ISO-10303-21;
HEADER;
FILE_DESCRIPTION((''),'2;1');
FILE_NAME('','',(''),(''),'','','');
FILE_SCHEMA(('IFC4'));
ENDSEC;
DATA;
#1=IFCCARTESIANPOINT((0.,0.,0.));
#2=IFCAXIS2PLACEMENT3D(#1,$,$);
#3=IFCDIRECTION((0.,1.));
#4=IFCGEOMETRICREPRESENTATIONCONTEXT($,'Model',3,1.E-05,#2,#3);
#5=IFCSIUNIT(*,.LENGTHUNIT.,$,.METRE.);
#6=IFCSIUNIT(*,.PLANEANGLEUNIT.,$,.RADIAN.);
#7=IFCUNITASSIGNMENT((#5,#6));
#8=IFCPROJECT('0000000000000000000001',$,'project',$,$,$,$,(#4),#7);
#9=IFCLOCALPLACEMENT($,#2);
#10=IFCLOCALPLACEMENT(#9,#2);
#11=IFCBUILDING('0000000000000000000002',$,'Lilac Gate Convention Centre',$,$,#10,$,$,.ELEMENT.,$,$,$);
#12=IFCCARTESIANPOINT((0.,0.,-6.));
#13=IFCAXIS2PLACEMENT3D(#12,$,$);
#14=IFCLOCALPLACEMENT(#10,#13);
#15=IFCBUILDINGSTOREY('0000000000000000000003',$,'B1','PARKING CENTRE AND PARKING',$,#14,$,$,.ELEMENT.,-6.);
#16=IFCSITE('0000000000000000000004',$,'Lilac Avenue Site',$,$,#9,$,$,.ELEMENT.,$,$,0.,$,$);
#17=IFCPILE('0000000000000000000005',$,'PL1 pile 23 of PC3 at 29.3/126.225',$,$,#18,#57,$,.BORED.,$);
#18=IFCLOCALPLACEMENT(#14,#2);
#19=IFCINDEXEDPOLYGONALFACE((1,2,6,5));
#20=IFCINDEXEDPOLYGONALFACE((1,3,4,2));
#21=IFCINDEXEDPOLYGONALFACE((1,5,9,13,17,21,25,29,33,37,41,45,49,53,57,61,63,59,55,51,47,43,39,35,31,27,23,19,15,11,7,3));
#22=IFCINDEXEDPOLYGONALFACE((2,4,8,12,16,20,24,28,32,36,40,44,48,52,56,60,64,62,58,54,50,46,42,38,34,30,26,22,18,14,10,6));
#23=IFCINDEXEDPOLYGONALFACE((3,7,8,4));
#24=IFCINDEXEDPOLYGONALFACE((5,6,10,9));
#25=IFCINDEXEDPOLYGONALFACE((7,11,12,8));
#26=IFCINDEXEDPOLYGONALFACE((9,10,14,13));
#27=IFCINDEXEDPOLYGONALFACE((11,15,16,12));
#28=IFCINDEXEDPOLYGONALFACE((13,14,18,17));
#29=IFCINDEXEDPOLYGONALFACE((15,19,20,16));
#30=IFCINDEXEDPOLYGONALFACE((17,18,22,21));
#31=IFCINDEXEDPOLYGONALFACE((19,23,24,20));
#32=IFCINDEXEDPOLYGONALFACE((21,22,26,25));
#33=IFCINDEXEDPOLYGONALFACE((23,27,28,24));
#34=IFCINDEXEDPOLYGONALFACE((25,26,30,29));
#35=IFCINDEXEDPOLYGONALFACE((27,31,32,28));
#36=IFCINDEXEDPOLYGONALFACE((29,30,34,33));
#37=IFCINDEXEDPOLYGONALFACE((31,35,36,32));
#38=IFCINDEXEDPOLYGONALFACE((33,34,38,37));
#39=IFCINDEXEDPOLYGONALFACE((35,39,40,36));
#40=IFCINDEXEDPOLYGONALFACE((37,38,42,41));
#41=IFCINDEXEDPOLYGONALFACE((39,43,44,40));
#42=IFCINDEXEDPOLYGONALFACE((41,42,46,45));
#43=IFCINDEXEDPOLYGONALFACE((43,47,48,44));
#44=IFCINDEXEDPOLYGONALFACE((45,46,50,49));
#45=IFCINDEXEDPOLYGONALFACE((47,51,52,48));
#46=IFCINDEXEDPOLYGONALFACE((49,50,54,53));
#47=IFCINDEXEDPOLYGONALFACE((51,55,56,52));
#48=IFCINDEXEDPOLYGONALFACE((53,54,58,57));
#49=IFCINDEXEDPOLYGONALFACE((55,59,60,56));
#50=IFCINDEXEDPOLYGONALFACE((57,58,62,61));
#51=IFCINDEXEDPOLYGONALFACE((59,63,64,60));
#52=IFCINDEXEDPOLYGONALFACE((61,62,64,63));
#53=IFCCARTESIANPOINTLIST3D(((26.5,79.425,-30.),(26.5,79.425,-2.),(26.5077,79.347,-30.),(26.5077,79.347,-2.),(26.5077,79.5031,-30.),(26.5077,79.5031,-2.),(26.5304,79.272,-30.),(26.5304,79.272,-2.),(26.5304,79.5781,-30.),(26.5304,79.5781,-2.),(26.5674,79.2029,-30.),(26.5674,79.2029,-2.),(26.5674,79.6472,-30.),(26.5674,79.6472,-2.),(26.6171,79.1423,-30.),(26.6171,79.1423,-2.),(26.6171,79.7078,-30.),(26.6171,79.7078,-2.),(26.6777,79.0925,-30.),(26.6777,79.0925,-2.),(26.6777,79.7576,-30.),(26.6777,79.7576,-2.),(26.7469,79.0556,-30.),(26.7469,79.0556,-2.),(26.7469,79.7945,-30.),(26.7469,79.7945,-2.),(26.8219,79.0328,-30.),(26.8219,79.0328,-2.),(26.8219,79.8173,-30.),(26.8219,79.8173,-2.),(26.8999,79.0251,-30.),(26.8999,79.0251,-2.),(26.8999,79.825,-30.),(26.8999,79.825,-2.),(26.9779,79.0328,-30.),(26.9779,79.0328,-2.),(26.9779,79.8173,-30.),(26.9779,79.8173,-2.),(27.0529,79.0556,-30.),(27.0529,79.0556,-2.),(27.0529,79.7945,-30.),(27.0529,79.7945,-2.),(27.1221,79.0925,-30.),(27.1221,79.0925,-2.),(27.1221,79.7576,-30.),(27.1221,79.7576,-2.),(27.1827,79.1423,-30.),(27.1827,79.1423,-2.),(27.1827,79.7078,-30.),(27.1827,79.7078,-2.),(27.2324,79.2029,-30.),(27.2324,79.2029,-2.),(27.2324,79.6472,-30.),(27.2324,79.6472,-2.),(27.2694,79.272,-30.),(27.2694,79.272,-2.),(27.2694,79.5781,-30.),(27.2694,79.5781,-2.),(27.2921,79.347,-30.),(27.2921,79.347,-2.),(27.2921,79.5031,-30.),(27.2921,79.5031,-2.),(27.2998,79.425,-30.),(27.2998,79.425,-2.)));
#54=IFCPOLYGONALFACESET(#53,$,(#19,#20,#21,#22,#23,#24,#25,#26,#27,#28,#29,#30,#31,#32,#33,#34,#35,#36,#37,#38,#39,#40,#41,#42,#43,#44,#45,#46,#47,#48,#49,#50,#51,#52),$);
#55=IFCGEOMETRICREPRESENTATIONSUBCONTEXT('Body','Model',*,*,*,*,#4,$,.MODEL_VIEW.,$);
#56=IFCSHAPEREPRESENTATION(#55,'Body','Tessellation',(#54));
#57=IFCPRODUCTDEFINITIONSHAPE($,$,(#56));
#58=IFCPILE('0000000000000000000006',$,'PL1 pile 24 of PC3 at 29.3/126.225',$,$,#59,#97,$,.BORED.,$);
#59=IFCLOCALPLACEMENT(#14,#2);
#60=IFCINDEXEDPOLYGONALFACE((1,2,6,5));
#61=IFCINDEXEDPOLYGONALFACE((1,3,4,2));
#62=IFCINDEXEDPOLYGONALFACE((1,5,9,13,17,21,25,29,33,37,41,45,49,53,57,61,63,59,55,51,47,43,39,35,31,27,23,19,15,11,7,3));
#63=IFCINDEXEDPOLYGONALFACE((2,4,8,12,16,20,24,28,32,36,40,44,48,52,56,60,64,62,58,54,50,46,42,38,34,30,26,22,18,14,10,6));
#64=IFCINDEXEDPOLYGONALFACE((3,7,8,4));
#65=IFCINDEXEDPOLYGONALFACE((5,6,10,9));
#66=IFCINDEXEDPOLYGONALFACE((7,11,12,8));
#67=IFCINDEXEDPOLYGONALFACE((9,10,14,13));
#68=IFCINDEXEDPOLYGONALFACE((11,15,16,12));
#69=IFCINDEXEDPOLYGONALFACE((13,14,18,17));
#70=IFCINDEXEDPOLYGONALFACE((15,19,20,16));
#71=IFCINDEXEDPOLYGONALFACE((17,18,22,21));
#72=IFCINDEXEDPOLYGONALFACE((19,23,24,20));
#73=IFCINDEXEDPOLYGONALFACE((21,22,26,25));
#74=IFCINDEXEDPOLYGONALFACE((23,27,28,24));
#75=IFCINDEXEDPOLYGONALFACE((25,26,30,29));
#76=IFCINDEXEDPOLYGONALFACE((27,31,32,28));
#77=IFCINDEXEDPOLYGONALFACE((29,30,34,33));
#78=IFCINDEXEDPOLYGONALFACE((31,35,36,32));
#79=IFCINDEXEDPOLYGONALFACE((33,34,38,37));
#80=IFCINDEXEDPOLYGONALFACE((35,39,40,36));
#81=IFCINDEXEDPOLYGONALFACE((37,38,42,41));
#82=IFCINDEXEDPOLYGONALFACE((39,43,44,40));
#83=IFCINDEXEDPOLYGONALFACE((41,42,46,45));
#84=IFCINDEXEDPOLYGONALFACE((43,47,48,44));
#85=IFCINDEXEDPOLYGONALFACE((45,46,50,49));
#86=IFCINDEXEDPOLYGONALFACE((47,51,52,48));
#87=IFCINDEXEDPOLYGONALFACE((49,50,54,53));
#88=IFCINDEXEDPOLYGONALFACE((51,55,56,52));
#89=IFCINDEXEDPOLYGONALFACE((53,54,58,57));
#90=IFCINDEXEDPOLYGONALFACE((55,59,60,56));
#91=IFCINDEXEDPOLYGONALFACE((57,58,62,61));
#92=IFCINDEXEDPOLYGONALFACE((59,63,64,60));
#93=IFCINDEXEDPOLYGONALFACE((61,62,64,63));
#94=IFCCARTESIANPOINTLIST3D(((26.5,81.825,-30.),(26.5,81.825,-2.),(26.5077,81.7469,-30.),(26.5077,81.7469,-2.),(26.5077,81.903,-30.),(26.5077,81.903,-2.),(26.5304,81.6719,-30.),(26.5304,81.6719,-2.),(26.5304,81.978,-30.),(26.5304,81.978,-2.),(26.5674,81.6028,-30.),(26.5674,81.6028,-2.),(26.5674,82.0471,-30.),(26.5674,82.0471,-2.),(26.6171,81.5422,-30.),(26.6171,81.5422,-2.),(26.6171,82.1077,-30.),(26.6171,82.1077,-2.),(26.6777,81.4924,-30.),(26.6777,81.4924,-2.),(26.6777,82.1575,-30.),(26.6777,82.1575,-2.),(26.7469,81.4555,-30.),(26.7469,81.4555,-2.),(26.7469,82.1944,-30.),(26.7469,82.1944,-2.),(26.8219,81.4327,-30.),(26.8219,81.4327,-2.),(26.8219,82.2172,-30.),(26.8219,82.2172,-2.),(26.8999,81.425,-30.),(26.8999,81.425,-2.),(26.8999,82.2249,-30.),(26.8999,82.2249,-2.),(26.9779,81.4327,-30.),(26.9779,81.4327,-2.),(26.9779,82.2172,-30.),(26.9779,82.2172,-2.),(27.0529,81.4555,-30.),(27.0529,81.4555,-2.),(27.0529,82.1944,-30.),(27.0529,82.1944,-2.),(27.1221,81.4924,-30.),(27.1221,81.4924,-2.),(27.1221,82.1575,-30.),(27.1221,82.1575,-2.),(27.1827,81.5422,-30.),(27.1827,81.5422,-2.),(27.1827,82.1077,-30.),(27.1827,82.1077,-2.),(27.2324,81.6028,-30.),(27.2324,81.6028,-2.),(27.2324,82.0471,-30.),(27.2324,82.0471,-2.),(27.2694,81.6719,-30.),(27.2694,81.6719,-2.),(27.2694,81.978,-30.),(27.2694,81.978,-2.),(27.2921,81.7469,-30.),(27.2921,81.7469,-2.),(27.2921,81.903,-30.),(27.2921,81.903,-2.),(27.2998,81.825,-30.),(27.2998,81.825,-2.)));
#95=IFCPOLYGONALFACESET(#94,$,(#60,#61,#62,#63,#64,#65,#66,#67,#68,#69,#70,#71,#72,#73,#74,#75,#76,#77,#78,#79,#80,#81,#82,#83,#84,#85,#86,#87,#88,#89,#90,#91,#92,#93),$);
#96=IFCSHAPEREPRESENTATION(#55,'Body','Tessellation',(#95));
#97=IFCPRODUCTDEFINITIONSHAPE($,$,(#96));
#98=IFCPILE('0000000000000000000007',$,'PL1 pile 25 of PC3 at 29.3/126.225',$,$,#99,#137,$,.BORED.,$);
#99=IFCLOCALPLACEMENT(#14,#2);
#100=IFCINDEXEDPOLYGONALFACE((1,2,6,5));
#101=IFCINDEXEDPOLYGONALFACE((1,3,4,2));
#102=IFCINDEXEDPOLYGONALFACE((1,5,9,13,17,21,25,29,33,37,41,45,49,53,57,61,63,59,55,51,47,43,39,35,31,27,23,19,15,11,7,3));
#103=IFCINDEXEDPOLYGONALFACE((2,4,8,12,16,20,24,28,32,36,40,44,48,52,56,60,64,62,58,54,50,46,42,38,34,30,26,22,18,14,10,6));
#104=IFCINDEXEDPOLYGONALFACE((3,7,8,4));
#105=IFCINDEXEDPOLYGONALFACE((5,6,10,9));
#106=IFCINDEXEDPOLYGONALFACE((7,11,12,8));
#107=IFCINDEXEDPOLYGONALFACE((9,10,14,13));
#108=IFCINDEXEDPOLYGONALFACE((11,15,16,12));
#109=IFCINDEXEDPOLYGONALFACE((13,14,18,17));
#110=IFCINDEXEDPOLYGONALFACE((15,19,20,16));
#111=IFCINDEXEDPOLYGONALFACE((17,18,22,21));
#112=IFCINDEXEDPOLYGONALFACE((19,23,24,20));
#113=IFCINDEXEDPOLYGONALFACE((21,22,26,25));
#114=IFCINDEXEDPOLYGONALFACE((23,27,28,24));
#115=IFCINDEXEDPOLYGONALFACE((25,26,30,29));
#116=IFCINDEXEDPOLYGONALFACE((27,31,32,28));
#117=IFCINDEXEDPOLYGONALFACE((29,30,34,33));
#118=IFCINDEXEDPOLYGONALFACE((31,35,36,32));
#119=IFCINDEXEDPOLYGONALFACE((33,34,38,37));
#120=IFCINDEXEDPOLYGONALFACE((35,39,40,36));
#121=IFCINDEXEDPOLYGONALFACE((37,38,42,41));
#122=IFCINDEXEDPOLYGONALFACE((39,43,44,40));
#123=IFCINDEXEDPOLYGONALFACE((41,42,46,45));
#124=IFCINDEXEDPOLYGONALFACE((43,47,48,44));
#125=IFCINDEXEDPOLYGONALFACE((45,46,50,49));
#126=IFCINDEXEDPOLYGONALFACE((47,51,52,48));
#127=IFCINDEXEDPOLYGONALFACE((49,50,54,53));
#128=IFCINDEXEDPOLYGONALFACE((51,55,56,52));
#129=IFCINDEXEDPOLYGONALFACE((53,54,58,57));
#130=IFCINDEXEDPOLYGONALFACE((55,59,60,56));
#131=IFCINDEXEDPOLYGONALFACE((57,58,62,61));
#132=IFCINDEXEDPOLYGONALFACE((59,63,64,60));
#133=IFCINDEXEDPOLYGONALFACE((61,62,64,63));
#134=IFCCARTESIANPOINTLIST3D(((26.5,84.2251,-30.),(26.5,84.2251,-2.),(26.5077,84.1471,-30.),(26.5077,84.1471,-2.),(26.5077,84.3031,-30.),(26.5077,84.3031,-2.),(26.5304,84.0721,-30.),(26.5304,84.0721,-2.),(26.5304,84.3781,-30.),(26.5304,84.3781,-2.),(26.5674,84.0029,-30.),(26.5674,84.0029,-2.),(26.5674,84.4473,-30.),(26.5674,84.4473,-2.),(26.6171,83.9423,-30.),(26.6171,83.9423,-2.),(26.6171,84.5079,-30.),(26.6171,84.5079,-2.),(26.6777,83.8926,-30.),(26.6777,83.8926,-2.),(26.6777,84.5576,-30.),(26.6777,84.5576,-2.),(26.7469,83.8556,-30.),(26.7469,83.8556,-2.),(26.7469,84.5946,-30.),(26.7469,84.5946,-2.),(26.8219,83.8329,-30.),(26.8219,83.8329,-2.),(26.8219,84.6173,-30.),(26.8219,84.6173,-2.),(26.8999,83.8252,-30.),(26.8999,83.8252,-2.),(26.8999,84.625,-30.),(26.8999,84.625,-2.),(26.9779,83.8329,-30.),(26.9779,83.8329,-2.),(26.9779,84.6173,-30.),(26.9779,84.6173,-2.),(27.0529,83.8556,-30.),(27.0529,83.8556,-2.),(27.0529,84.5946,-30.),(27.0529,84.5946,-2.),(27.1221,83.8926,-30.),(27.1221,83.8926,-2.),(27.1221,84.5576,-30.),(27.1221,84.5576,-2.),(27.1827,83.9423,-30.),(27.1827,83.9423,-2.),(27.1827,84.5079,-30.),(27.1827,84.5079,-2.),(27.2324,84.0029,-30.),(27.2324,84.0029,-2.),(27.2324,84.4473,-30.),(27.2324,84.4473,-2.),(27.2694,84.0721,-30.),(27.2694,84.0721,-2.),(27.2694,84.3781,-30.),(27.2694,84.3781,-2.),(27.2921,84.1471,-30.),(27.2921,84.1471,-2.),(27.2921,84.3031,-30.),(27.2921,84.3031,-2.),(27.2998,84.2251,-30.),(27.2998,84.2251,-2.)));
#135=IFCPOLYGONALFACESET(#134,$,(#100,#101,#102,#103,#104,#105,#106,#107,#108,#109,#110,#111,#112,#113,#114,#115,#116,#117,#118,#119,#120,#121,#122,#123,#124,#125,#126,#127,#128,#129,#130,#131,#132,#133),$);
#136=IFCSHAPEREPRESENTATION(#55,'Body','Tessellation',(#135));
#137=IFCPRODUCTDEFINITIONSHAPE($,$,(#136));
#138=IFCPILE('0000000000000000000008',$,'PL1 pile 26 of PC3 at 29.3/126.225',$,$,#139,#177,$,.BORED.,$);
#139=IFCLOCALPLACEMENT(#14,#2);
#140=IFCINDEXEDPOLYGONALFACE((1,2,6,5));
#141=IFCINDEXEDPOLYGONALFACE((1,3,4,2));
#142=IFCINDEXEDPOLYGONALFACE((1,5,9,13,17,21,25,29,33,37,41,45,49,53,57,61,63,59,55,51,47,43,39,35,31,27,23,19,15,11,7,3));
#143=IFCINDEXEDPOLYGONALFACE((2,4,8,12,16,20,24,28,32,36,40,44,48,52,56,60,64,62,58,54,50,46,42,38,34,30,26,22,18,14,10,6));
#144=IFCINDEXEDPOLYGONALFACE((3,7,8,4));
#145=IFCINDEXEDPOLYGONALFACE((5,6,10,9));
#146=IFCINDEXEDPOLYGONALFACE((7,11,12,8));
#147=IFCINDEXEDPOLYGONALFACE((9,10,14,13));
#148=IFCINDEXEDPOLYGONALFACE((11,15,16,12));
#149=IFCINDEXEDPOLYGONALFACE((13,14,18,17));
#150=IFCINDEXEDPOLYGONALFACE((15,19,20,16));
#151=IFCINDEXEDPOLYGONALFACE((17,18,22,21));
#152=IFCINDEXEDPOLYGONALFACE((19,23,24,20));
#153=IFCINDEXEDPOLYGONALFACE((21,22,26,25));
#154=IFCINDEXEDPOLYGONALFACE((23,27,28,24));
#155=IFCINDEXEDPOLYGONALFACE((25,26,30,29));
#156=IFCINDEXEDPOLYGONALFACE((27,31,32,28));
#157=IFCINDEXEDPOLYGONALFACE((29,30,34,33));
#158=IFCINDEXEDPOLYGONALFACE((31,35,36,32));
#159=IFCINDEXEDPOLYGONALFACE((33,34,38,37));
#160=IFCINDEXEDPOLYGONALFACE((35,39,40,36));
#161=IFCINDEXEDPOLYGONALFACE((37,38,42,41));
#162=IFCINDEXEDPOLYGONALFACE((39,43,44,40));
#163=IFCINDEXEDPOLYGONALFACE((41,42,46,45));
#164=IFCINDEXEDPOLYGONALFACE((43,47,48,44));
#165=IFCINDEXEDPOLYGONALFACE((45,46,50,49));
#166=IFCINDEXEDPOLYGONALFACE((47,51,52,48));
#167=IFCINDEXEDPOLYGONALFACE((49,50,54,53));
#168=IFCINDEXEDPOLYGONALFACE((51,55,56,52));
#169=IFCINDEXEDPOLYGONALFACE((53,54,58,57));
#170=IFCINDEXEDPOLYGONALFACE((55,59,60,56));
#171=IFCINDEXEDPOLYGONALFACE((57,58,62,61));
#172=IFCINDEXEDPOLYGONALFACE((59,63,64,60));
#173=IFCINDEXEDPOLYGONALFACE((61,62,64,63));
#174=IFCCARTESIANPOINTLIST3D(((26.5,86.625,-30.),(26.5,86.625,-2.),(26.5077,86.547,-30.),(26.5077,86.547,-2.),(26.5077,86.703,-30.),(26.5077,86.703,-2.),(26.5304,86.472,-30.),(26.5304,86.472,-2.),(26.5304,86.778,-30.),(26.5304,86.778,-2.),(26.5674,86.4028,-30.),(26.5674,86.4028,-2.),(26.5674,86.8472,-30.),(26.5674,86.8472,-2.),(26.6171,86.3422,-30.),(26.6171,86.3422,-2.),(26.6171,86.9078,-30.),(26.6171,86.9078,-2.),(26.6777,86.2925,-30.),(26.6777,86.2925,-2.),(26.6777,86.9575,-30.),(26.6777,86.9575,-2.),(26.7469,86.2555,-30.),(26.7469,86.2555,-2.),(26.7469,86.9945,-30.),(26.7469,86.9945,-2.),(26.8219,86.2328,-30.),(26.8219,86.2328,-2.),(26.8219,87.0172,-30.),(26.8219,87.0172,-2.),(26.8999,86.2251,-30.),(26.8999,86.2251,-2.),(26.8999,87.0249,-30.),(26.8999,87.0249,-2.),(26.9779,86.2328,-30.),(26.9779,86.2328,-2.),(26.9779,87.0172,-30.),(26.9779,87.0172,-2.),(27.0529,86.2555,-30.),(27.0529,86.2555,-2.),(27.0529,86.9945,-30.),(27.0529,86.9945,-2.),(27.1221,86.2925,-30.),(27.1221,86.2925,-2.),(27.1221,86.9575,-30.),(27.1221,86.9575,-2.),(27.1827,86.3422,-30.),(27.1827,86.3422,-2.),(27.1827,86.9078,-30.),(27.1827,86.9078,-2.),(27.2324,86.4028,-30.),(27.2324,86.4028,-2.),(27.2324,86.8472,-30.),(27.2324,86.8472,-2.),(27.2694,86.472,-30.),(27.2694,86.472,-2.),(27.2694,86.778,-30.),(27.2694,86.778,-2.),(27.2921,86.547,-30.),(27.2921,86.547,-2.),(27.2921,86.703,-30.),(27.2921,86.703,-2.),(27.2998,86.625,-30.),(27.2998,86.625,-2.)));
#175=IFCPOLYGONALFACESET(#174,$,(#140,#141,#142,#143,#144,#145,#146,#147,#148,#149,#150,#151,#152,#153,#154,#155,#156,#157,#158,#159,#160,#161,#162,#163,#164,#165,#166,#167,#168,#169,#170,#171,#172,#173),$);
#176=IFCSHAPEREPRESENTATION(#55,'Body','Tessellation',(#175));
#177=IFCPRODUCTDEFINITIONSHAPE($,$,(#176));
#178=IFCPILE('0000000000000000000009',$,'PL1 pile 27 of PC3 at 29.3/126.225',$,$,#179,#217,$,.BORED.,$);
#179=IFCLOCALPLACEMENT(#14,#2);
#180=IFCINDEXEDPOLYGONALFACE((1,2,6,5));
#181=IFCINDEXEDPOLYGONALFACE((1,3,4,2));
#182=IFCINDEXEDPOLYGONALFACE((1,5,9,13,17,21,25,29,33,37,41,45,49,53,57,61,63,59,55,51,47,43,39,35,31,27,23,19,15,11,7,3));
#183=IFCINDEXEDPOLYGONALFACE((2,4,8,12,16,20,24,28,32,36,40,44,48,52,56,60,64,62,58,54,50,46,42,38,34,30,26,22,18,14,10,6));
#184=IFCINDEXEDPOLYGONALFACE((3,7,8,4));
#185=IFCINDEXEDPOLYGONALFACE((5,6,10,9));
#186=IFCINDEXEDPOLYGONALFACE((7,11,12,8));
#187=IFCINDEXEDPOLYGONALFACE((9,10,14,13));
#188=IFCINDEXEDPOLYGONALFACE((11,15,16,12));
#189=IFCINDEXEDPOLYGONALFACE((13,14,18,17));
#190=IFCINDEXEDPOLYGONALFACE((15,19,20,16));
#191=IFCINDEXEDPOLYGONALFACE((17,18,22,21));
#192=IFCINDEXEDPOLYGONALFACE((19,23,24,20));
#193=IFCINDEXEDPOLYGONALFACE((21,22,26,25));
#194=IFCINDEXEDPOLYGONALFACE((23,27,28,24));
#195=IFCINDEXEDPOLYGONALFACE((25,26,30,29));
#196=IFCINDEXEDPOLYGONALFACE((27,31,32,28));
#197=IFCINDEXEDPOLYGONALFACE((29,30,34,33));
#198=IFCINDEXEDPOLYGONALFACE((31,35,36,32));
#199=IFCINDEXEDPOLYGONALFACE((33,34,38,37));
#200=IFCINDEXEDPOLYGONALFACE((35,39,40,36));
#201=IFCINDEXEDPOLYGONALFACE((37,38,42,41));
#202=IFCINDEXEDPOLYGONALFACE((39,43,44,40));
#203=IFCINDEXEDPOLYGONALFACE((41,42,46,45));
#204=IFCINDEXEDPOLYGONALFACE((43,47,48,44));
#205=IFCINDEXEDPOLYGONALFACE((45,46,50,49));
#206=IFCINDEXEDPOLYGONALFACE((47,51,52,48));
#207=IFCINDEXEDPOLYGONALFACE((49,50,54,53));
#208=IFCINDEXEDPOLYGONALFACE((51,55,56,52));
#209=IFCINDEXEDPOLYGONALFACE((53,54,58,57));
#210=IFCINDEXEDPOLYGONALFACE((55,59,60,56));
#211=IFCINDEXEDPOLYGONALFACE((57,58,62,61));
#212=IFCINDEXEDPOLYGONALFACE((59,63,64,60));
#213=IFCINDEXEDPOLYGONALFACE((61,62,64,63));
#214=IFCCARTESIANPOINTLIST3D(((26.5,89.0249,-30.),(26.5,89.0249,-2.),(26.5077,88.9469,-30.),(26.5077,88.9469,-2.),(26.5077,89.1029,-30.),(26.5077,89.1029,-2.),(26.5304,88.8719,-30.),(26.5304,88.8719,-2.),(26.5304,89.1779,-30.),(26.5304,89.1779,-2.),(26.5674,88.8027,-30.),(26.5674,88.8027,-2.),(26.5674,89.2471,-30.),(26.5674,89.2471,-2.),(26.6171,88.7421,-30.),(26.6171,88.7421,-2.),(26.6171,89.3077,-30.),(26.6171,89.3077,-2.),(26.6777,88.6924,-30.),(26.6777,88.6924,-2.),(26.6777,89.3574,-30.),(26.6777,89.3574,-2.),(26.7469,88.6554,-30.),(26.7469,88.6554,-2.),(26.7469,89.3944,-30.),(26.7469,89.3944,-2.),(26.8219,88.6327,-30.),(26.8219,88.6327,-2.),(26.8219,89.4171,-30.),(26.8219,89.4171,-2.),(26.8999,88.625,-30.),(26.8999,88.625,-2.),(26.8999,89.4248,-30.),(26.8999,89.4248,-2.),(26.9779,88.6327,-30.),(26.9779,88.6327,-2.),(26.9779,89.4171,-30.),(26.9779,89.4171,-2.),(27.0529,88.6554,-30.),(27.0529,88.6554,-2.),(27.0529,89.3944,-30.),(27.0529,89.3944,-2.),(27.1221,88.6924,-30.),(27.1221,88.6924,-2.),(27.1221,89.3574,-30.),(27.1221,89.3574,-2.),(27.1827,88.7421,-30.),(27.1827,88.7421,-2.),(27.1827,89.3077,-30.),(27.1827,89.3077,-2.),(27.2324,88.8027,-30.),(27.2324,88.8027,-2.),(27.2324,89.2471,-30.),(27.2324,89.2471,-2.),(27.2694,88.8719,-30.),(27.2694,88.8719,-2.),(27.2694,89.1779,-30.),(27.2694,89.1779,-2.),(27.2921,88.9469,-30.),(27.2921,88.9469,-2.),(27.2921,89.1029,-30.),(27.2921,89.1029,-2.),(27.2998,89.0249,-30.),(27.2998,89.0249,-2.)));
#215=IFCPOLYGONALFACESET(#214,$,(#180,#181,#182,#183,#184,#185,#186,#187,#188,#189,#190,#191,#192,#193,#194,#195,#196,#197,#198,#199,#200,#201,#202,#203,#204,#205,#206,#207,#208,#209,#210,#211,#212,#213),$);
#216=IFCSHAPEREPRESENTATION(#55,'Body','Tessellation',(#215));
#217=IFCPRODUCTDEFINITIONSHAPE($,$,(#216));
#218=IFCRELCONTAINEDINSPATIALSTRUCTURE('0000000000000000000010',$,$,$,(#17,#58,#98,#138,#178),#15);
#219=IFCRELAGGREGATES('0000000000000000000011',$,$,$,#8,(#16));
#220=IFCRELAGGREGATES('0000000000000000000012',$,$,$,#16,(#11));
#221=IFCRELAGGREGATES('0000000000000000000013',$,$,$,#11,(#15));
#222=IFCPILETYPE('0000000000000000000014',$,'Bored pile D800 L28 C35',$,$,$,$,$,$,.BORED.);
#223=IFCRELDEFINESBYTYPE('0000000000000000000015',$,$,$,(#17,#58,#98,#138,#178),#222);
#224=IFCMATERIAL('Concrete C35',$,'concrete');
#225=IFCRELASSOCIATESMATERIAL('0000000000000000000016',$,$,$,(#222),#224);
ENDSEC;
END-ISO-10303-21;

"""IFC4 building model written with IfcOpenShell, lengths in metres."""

from ifc_helpers import new_model, si_unit, direction, frame, origin, origin_2d, place, context, subcontext, project, spatial, circle, extrude, material, material_profile, profile_set, type_object, element, save


model = new_model("IFC4")

# Units and contexts
model_context = context("Model", 3, precision=1e-05, world=origin(), true_north=direction((0.0, 1.0)))
body_context = subcontext(model_context, "Body", "Model", "MODEL_VIEW")
ifc_project = project(units=[si_unit("LENGTHUNIT", "METRE"), si_unit("PLANEANGLEUNIT", "RADIAN")], contexts=[model_context])

# Site, building, storey
site_placement = place(None, origin())
site = spatial("IfcSite", under=ifc_project, at=site_placement, Name="Lilac Avenue Site", CompositionType="ELEMENT", RefElevation=0.0)
building_placement = place(site_placement, origin())
building = spatial("IfcBuilding", under=site, at=building_placement, Name="Lilac Gate Convention Centre", CompositionType="ELEMENT")
storey_placement = place(building_placement, frame((0.0, 0.0, -6.0)))
storey = spatial("IfcBuildingStorey", under=building, at=storey_placement, Name="B1", Description="PARKING CENTRE AND PARKING", CompositionType="ELEMENT", Elevation=-6.0)

# Piles
ifc_material_1 = material(Name="Concrete C35", Category="concrete")
ifc_material_profile_1 = material_profile(ifc_material_1, circle(Radius=0.3999, at=origin_2d()), Name="D800")
ifc_profile_set_1 = profile_set([ifc_material_profile_1], Name="Concrete C35")
pile_type = type_object("IfcPileType", Name="Bored pile D800 L28 C35", PredefinedType="BORED", material=ifc_profile_set_1)
for number, where, z_axis, x_axis, name in (
    (1, (26.8999, 79.425, -2.0), (0.0, 0.0, -1.0), (1.0, 0.0, 0.0), "PL1 pile 23 of PC3 at 29.3/126.225"),
    (2, (26.8999, 81.825, -2.0), (0.0, 0.0, -1.0), (1.0, 0.0, 0.0), "PL1 pile 24 of PC3 at 29.3/126.225"),
    (3, (26.8999, 84.2251, -2.0), (0.0, 0.0, -1.0), (1.0, 0.0, 0.0), "PL1 pile 25 of PC3 at 29.3/126.225"),
    (4, (26.8999, 86.625, -2.0), (0.0, 0.0, -1.0), (1.0, 0.0, 0.0), "PL1 pile 26 of PC3 at 29.3/126.225"),
    (5, (26.8999, 89.0249, -2.0), (0.0, 0.0, -1.0), (1.0, 0.0, 0.0), "PL1 pile 27 of PC3 at 29.3/126.225"),
):
    element("IfcPile", number, at=place(storey_placement, frame(where, z_axis=z_axis, x_axis=x_axis)), inside=storey, type_object=pile_type, Name=name, PredefinedType="BORED", context=body_context, shape_type="SweptSolid", body=[
        extrude(circle(Radius=0.3999, at=origin_2d()), origin(), (0.0, 0.0, 1.0), 28.0),
    ])

save(model, "model.ifc")
